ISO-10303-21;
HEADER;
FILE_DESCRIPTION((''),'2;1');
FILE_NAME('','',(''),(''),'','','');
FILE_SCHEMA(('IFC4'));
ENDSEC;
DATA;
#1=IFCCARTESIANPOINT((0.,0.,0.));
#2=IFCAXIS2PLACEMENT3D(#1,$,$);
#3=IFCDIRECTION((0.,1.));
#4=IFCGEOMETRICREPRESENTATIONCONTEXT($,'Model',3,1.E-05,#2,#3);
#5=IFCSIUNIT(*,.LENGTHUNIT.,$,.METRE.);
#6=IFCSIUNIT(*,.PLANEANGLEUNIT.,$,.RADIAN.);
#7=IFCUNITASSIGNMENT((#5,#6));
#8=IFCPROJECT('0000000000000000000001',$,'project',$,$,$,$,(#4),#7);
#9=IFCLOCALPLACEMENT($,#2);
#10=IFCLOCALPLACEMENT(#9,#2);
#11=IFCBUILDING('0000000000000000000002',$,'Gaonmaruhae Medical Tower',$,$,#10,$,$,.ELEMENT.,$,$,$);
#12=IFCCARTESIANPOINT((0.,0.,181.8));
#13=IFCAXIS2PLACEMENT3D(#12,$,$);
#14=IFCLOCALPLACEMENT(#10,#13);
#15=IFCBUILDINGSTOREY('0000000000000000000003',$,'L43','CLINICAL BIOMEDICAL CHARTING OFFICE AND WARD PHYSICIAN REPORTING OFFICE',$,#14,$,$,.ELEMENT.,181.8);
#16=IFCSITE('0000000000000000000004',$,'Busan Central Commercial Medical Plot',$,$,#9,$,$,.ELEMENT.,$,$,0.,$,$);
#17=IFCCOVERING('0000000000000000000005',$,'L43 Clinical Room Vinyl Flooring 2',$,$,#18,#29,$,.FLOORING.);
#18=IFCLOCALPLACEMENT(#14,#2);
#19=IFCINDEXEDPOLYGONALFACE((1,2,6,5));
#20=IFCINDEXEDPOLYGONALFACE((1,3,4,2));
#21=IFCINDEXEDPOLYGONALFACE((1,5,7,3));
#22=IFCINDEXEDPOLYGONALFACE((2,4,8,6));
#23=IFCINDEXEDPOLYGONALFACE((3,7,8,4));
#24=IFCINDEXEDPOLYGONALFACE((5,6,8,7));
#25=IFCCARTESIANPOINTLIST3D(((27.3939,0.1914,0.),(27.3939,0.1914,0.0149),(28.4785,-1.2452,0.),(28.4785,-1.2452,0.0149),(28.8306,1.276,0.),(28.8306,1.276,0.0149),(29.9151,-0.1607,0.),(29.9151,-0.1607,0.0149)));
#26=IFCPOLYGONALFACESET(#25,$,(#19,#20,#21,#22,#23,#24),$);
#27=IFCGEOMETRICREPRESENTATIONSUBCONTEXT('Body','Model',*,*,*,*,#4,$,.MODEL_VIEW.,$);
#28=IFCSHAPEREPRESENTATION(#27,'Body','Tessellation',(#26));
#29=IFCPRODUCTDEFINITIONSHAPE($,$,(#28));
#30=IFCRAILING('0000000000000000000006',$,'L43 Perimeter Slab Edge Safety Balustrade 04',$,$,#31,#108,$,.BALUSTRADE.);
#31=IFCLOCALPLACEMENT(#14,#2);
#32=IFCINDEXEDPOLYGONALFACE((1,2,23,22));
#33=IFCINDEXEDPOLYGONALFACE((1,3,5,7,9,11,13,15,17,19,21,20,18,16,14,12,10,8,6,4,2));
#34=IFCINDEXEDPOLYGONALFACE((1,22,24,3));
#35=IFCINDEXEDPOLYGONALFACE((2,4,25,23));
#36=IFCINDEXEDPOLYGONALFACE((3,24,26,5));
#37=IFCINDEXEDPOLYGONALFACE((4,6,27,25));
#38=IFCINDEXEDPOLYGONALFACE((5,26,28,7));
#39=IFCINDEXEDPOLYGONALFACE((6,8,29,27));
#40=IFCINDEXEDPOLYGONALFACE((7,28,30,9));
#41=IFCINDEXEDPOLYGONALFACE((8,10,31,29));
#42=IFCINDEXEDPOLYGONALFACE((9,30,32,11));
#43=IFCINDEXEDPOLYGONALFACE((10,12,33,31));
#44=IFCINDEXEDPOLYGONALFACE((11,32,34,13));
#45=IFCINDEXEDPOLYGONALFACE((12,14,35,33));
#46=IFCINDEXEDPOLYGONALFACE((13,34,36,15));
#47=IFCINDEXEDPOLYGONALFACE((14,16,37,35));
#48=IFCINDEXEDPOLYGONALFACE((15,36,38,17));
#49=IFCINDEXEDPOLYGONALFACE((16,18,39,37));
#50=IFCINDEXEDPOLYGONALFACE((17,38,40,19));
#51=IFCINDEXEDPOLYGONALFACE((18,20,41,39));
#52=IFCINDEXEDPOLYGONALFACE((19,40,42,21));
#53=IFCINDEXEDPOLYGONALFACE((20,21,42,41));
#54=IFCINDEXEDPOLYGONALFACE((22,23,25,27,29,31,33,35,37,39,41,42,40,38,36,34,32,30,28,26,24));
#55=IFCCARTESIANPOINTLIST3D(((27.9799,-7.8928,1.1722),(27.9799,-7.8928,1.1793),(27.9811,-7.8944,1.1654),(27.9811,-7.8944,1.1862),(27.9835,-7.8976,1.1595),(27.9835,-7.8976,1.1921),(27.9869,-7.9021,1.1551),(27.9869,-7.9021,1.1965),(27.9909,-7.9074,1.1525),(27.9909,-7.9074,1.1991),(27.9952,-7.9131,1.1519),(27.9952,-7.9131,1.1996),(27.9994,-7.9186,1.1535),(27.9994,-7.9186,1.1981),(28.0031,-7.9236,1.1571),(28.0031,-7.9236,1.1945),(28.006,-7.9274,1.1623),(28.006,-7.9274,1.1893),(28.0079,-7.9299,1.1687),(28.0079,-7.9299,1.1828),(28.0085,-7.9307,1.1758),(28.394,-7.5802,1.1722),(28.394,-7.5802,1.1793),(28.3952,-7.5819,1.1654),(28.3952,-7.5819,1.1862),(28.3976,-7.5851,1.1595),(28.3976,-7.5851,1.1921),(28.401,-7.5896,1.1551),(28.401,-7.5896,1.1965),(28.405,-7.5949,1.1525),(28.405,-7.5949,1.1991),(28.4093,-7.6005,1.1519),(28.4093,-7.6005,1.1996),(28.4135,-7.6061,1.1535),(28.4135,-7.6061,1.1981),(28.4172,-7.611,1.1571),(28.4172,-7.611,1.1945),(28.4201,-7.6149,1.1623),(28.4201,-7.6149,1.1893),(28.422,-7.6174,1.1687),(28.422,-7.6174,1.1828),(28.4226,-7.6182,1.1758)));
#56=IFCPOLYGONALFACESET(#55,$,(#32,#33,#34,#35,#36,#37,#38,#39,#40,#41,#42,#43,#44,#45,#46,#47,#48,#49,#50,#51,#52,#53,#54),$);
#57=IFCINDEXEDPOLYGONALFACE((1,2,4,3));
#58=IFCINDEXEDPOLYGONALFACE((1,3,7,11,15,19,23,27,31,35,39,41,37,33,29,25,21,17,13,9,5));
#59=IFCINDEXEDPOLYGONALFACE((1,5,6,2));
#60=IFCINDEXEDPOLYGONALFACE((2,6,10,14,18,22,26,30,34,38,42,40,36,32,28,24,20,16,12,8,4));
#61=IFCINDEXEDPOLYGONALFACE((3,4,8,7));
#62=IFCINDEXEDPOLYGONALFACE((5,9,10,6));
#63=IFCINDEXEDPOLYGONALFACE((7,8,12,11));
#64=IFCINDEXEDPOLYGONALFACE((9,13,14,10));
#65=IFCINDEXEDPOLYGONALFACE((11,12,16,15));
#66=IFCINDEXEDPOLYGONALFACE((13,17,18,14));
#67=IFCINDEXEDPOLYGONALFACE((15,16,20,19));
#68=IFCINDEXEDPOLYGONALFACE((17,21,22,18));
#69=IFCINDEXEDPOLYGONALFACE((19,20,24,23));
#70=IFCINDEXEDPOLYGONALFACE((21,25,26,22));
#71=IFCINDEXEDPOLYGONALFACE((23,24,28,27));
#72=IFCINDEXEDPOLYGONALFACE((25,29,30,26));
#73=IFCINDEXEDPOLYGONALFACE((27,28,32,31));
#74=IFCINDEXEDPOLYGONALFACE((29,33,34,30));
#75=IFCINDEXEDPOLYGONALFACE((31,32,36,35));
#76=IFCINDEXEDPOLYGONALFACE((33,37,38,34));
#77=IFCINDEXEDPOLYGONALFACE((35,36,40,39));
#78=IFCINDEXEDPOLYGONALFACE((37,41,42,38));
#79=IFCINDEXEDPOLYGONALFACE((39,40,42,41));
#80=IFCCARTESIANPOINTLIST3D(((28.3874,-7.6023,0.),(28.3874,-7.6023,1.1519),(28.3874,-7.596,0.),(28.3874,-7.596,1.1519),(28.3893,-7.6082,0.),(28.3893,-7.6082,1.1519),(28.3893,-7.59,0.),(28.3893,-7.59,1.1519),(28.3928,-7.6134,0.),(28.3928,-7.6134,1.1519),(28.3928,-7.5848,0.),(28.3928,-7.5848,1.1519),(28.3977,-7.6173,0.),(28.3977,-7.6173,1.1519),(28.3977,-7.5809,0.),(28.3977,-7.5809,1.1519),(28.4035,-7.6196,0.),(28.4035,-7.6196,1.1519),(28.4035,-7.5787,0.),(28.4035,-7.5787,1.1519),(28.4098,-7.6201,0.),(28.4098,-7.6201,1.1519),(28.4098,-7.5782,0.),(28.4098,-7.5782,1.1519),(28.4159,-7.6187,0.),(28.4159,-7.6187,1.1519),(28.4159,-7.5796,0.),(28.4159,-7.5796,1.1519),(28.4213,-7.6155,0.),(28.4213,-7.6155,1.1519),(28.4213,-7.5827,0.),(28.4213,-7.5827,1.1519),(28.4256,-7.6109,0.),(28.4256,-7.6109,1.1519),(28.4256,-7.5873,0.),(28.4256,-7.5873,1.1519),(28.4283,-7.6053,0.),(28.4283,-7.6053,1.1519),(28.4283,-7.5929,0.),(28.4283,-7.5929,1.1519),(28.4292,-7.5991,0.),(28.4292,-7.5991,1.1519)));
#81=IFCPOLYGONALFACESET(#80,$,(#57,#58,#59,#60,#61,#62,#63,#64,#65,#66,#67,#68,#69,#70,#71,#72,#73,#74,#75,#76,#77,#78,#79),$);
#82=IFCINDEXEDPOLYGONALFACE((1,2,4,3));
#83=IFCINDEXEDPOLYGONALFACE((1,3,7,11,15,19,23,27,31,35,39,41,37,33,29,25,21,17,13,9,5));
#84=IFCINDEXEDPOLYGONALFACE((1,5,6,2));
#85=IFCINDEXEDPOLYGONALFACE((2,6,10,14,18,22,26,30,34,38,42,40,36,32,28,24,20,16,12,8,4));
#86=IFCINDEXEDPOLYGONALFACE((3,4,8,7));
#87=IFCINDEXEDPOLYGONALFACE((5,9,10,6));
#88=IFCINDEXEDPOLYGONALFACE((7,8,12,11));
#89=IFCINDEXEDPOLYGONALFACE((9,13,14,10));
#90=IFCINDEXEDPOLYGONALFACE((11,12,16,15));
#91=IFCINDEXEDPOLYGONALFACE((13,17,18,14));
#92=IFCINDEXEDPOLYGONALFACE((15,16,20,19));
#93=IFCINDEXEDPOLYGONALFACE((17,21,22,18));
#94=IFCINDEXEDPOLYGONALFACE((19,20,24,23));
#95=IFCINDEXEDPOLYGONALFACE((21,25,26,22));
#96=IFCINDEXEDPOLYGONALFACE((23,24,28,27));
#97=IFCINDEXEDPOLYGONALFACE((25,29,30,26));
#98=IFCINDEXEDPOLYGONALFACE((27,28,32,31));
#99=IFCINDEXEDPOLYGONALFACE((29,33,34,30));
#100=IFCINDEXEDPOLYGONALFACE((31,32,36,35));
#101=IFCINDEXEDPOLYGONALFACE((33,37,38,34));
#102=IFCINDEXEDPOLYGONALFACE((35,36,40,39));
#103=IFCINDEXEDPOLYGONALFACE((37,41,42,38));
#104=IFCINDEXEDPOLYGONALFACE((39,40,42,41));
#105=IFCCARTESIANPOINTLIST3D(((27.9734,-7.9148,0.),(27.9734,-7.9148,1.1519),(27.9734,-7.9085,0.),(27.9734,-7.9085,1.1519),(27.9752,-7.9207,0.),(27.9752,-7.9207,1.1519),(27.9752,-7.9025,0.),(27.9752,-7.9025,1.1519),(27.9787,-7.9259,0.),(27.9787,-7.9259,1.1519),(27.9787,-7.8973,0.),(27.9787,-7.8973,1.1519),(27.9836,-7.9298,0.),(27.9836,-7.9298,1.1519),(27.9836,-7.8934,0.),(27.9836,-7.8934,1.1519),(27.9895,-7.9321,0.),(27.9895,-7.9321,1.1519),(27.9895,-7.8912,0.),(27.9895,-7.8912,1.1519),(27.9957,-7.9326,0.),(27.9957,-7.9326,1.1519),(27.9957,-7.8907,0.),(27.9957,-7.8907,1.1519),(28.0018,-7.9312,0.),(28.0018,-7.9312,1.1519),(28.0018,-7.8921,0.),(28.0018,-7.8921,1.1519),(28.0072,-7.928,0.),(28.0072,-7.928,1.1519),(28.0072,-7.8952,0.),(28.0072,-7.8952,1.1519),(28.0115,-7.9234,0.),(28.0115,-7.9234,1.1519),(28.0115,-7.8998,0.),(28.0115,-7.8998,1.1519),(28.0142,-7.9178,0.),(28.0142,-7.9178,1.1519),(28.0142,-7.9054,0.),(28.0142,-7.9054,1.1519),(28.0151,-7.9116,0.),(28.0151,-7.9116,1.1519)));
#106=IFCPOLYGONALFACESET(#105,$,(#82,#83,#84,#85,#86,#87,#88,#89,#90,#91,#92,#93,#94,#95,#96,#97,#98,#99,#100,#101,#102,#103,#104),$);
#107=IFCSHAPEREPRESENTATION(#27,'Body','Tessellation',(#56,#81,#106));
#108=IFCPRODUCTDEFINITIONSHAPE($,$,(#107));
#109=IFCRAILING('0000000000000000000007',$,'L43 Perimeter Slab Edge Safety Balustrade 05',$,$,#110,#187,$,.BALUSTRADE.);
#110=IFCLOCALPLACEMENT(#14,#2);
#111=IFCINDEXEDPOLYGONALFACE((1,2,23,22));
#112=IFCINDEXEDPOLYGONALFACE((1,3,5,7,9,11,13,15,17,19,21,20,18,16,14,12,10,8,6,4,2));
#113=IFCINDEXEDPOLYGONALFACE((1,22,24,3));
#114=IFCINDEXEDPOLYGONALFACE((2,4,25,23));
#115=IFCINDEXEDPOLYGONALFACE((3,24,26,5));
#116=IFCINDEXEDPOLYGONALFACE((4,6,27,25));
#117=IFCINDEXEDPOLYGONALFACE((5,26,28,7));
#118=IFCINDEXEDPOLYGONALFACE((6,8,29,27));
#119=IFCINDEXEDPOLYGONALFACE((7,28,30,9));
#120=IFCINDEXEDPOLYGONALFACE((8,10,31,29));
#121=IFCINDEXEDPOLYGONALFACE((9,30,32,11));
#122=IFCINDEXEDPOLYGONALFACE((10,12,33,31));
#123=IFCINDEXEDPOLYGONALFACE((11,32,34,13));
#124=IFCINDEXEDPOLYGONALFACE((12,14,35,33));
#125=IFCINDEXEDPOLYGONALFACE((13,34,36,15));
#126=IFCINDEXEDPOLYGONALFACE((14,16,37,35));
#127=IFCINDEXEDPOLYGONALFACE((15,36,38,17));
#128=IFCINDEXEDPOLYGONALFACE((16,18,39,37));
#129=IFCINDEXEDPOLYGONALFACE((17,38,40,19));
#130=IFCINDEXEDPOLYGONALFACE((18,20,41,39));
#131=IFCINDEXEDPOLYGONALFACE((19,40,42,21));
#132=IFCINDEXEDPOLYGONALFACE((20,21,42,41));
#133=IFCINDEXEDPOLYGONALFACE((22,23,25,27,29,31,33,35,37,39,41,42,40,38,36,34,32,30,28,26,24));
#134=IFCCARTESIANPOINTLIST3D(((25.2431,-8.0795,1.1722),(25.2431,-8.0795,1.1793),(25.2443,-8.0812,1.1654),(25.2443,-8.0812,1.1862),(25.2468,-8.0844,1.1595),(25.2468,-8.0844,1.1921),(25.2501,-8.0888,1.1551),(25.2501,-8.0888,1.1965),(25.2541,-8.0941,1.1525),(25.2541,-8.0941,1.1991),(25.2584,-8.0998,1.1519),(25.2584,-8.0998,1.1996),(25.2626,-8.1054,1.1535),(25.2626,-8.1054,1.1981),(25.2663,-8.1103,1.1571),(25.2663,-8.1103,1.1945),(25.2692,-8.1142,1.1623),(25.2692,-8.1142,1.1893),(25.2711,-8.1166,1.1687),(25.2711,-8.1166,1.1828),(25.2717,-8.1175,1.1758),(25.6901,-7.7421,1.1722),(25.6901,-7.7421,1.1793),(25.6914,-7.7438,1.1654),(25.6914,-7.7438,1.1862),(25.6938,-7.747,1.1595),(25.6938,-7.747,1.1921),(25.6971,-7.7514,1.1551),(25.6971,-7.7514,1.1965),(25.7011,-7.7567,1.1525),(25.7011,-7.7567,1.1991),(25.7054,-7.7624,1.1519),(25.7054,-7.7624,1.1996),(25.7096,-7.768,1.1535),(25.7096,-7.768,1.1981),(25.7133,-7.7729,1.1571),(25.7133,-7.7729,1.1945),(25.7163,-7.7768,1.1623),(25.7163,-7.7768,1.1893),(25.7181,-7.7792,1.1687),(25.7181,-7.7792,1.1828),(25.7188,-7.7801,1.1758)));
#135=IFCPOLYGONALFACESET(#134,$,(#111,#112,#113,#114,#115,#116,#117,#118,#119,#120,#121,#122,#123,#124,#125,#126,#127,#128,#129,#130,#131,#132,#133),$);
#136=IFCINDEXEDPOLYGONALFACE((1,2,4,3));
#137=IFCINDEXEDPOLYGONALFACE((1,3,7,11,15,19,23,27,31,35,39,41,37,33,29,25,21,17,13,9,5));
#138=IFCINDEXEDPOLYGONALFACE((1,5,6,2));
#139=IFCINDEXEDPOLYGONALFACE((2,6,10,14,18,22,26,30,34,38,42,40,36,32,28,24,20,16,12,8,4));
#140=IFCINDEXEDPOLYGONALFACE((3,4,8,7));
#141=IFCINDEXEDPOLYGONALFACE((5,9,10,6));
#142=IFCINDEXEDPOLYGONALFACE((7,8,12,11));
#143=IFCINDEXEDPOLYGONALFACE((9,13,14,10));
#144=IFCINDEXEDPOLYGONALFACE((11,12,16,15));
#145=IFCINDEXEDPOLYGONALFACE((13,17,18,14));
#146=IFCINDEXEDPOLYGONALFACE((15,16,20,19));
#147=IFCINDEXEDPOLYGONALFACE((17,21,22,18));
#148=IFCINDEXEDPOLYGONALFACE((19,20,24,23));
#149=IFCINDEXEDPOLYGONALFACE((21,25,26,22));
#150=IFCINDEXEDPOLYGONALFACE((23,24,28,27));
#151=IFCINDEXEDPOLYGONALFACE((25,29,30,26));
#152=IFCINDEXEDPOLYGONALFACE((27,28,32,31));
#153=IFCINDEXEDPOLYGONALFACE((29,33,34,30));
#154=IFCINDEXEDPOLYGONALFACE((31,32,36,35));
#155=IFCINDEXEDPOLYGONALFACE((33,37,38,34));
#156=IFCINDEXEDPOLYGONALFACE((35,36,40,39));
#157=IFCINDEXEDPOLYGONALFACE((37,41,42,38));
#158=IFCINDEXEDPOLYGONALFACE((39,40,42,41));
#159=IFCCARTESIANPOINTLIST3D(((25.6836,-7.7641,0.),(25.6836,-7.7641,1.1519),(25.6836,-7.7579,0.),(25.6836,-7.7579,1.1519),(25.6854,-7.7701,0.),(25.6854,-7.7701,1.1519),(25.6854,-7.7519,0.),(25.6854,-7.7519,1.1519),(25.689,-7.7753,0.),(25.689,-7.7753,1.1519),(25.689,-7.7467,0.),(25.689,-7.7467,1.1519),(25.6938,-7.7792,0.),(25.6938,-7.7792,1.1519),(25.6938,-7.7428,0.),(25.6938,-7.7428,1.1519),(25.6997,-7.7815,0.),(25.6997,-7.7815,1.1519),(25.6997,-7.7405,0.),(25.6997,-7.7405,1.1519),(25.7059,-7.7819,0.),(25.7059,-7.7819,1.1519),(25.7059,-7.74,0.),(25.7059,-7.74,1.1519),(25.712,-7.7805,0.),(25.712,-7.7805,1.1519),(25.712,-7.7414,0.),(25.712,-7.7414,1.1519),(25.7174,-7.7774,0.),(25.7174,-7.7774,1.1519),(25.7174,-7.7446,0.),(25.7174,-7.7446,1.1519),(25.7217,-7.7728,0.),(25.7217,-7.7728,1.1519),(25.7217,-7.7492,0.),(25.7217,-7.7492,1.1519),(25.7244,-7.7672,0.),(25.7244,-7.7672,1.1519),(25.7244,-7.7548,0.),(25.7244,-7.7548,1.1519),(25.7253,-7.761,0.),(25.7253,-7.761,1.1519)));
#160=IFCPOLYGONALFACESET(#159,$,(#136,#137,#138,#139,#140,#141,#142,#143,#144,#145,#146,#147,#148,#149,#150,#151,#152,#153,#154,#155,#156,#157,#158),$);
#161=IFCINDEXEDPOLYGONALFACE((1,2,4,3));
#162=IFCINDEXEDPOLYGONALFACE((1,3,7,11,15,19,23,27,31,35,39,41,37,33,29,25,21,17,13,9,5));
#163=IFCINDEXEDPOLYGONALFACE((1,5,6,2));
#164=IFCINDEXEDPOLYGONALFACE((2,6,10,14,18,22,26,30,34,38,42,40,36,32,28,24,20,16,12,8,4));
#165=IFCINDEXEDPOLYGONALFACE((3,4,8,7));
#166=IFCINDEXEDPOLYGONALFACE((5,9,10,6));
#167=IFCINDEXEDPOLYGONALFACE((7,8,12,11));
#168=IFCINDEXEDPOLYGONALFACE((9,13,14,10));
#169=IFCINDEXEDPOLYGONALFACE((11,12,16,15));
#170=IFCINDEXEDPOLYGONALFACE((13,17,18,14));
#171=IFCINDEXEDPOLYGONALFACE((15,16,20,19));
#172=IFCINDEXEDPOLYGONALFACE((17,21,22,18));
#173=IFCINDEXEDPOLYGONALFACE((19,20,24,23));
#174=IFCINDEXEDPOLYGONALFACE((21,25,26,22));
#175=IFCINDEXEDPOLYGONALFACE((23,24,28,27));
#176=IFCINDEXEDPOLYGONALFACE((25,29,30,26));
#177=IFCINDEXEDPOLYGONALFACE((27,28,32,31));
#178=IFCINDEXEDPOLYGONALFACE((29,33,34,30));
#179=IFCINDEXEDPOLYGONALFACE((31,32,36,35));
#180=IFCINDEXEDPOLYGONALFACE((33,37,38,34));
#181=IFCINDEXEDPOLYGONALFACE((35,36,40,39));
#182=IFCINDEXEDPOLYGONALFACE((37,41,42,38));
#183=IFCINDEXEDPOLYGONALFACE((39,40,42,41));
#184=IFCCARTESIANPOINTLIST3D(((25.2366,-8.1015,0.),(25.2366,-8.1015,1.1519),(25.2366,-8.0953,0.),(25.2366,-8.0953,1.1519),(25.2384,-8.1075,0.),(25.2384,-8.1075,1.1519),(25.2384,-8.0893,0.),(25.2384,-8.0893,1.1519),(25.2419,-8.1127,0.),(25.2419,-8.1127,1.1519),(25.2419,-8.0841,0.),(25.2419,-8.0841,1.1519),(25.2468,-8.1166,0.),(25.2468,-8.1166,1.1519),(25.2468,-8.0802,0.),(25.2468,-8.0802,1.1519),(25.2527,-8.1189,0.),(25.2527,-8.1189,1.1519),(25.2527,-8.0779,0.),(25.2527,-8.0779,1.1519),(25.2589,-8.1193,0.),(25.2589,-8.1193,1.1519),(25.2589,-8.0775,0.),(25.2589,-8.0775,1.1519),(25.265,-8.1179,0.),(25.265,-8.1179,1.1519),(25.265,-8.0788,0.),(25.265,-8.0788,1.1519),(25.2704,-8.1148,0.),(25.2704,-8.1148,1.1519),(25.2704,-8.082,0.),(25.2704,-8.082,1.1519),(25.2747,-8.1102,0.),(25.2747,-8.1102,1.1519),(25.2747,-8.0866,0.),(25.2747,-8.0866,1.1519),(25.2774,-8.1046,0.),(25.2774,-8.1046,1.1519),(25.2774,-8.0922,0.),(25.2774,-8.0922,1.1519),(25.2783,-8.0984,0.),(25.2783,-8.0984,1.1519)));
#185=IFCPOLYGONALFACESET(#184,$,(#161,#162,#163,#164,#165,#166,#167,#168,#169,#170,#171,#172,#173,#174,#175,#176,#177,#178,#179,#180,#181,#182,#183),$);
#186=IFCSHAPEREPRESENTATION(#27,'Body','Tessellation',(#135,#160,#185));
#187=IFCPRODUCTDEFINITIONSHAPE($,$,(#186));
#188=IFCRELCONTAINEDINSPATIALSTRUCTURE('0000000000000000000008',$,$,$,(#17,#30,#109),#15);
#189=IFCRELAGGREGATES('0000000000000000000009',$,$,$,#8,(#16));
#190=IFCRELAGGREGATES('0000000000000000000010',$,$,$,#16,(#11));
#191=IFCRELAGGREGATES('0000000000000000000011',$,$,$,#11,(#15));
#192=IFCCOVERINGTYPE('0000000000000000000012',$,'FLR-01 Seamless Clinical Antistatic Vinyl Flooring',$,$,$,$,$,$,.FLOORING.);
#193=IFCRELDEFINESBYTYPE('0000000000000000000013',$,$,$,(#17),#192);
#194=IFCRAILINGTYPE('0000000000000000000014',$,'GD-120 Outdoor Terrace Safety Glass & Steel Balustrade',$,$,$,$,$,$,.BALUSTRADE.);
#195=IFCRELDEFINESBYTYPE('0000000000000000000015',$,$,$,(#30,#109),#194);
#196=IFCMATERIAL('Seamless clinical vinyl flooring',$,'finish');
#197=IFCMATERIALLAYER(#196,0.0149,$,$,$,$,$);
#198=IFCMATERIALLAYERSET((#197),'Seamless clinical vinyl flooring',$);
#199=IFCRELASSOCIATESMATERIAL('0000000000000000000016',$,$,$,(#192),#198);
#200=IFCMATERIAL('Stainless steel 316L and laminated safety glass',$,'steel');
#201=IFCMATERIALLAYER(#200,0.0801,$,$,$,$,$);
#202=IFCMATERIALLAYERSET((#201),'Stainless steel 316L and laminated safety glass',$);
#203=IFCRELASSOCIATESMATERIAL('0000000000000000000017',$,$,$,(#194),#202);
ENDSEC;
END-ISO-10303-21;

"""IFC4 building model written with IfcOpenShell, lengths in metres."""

from ifc_helpers import new_model, si_unit, direction, frame, origin, origin_2d, place, context, subcontext, project, spatial, rectangle, circle, extrude, material, layer, layer_set, type_object, element, save


model = new_model("IFC4")

# Units and contexts
model_context = context("Model", 3, precision=1e-05, world=origin(), true_north=direction((0.0, 1.0)))
body_context = subcontext(model_context, "Body", "Model", "MODEL_VIEW")
ifc_project = project(units=[si_unit("LENGTHUNIT", "METRE"), si_unit("PLANEANGLEUNIT", "RADIAN")], contexts=[model_context])

# Site, building, storey
site_placement = place(None, origin())
site = spatial("IfcSite", under=ifc_project, at=site_placement, Name="Busan Central Commercial Medical Plot", CompositionType="ELEMENT", RefElevation=0.0)
building_placement = place(site_placement, origin())
building = spatial("IfcBuilding", under=site, at=building_placement, Name="Gaonmaruhae Medical Tower", CompositionType="ELEMENT")
storey_placement = place(building_placement, frame((0.0, 0.0, 181.8)))
storey = spatial("IfcBuildingStorey", under=building, at=storey_placement, Name="L43", Description="CLINICAL BIOMEDICAL CHARTING OFFICE AND WARD PHYSICIAN REPORTING OFFICE", CompositionType="ELEMENT", Elevation=181.8)

# Covering
ifc_material_1 = material(Name="Seamless clinical vinyl flooring", Category="finish")
ifc_layer_1 = layer(ifc_material_1, 0.0149)
ifc_layer_set_1 = layer_set([ifc_layer_1], Name="Seamless clinical vinyl flooring")
covering_type_1 = type_object("IfcCoveringType", Name="FLR-01 Seamless Clinical Antistatic Vinyl Flooring", PredefinedType="FLOORING", material=ifc_layer_set_1)
covering_1_placement = place(storey_placement, frame((28.6545, 0.0154, 0.0), z_axis=(0.0, 0.0, 1.0), x_axis=(0.79811, 0.602512, 0.0)))
element("IfcCovering", 1, at=covering_1_placement, inside=storey, type_object=covering_type_1, Name="L43 Clinical Room Vinyl Flooring 2", PredefinedType="FLOORING", context=body_context, shape_type="SweptSolid", body=[
    extrude(rectangle(XDim=1.8, YDim=1.8, at=origin_2d()), origin(), (0.0, 0.0, 1.0), 0.0149),
])

# Railings
ifc_material_2 = material(Name="Stainless steel 316L and laminated safety glass", Category="steel")
ifc_layer_2 = layer(ifc_material_2, 0.0801)
ifc_layer_set_2 = layer_set([ifc_layer_2], Name="Stainless steel 316L and laminated safety glass")
railing_type = type_object("IfcRailingType", Name="GD-120 Outdoor Terrace Safety Glass & Steel Balustrade", PredefinedType="BALUSTRADE", material=ifc_layer_set_2)
railing_1_placement = place(storey_placement, frame((28.4082, -7.5991, 0.0)))
element("IfcRailing", 2, at=railing_1_placement, inside=storey, type_object=railing_type, Name="L43 Perimeter Slab Edge Safety Balustrade 04", PredefinedType="BALUSTRADE", context=body_context, shape_type="SweptSolid", body=[
    extrude(circle(Radius=0.0239, at=origin_2d()), frame((0.0, 0.0, 1.1758), z_axis=(-0.798189, -0.602407, 0.0), x_axis=(0.602407, -0.798189, 0.0)), (0.0, 0.0, 1.0), 0.5188),
    extrude(circle(Radius=0.021, at=origin_2d()), origin(), (0.0, 0.0, 1.0), 1.1519),
    extrude(circle(Radius=0.021, at=origin_2d()), frame((-0.4141, -0.3125, 0.0)), (0.0, 0.0, 1.0), 1.1519),
])
railing_2_placement = place(storey_placement, frame((25.7043, -7.761, 0.0)))
element("IfcRailing", 3, at=railing_2_placement, inside=storey, type_object=railing_type, Name="L43 Perimeter Slab Edge Safety Balustrade 05", PredefinedType="BALUSTRADE", context=body_context, shape_type="SweptSolid", body=[
    extrude(circle(Radius=0.0239, at=origin_2d()), frame((0.0, 0.0, 1.1758), z_axis=(-0.798165, -0.602438, 0.0), x_axis=(0.602438, -0.798165, 0.0)), (0.0, 0.0, 1.0), 0.5601),
    extrude(circle(Radius=0.021, at=origin_2d()), origin(), (0.0, 0.0, 1.0), 1.1519),
    extrude(circle(Radius=0.021, at=origin_2d()), frame((-0.447, -0.3374, 0.0)), (0.0, 0.0, 1.0), 1.1519),
])

save(model, "model.ifc")
